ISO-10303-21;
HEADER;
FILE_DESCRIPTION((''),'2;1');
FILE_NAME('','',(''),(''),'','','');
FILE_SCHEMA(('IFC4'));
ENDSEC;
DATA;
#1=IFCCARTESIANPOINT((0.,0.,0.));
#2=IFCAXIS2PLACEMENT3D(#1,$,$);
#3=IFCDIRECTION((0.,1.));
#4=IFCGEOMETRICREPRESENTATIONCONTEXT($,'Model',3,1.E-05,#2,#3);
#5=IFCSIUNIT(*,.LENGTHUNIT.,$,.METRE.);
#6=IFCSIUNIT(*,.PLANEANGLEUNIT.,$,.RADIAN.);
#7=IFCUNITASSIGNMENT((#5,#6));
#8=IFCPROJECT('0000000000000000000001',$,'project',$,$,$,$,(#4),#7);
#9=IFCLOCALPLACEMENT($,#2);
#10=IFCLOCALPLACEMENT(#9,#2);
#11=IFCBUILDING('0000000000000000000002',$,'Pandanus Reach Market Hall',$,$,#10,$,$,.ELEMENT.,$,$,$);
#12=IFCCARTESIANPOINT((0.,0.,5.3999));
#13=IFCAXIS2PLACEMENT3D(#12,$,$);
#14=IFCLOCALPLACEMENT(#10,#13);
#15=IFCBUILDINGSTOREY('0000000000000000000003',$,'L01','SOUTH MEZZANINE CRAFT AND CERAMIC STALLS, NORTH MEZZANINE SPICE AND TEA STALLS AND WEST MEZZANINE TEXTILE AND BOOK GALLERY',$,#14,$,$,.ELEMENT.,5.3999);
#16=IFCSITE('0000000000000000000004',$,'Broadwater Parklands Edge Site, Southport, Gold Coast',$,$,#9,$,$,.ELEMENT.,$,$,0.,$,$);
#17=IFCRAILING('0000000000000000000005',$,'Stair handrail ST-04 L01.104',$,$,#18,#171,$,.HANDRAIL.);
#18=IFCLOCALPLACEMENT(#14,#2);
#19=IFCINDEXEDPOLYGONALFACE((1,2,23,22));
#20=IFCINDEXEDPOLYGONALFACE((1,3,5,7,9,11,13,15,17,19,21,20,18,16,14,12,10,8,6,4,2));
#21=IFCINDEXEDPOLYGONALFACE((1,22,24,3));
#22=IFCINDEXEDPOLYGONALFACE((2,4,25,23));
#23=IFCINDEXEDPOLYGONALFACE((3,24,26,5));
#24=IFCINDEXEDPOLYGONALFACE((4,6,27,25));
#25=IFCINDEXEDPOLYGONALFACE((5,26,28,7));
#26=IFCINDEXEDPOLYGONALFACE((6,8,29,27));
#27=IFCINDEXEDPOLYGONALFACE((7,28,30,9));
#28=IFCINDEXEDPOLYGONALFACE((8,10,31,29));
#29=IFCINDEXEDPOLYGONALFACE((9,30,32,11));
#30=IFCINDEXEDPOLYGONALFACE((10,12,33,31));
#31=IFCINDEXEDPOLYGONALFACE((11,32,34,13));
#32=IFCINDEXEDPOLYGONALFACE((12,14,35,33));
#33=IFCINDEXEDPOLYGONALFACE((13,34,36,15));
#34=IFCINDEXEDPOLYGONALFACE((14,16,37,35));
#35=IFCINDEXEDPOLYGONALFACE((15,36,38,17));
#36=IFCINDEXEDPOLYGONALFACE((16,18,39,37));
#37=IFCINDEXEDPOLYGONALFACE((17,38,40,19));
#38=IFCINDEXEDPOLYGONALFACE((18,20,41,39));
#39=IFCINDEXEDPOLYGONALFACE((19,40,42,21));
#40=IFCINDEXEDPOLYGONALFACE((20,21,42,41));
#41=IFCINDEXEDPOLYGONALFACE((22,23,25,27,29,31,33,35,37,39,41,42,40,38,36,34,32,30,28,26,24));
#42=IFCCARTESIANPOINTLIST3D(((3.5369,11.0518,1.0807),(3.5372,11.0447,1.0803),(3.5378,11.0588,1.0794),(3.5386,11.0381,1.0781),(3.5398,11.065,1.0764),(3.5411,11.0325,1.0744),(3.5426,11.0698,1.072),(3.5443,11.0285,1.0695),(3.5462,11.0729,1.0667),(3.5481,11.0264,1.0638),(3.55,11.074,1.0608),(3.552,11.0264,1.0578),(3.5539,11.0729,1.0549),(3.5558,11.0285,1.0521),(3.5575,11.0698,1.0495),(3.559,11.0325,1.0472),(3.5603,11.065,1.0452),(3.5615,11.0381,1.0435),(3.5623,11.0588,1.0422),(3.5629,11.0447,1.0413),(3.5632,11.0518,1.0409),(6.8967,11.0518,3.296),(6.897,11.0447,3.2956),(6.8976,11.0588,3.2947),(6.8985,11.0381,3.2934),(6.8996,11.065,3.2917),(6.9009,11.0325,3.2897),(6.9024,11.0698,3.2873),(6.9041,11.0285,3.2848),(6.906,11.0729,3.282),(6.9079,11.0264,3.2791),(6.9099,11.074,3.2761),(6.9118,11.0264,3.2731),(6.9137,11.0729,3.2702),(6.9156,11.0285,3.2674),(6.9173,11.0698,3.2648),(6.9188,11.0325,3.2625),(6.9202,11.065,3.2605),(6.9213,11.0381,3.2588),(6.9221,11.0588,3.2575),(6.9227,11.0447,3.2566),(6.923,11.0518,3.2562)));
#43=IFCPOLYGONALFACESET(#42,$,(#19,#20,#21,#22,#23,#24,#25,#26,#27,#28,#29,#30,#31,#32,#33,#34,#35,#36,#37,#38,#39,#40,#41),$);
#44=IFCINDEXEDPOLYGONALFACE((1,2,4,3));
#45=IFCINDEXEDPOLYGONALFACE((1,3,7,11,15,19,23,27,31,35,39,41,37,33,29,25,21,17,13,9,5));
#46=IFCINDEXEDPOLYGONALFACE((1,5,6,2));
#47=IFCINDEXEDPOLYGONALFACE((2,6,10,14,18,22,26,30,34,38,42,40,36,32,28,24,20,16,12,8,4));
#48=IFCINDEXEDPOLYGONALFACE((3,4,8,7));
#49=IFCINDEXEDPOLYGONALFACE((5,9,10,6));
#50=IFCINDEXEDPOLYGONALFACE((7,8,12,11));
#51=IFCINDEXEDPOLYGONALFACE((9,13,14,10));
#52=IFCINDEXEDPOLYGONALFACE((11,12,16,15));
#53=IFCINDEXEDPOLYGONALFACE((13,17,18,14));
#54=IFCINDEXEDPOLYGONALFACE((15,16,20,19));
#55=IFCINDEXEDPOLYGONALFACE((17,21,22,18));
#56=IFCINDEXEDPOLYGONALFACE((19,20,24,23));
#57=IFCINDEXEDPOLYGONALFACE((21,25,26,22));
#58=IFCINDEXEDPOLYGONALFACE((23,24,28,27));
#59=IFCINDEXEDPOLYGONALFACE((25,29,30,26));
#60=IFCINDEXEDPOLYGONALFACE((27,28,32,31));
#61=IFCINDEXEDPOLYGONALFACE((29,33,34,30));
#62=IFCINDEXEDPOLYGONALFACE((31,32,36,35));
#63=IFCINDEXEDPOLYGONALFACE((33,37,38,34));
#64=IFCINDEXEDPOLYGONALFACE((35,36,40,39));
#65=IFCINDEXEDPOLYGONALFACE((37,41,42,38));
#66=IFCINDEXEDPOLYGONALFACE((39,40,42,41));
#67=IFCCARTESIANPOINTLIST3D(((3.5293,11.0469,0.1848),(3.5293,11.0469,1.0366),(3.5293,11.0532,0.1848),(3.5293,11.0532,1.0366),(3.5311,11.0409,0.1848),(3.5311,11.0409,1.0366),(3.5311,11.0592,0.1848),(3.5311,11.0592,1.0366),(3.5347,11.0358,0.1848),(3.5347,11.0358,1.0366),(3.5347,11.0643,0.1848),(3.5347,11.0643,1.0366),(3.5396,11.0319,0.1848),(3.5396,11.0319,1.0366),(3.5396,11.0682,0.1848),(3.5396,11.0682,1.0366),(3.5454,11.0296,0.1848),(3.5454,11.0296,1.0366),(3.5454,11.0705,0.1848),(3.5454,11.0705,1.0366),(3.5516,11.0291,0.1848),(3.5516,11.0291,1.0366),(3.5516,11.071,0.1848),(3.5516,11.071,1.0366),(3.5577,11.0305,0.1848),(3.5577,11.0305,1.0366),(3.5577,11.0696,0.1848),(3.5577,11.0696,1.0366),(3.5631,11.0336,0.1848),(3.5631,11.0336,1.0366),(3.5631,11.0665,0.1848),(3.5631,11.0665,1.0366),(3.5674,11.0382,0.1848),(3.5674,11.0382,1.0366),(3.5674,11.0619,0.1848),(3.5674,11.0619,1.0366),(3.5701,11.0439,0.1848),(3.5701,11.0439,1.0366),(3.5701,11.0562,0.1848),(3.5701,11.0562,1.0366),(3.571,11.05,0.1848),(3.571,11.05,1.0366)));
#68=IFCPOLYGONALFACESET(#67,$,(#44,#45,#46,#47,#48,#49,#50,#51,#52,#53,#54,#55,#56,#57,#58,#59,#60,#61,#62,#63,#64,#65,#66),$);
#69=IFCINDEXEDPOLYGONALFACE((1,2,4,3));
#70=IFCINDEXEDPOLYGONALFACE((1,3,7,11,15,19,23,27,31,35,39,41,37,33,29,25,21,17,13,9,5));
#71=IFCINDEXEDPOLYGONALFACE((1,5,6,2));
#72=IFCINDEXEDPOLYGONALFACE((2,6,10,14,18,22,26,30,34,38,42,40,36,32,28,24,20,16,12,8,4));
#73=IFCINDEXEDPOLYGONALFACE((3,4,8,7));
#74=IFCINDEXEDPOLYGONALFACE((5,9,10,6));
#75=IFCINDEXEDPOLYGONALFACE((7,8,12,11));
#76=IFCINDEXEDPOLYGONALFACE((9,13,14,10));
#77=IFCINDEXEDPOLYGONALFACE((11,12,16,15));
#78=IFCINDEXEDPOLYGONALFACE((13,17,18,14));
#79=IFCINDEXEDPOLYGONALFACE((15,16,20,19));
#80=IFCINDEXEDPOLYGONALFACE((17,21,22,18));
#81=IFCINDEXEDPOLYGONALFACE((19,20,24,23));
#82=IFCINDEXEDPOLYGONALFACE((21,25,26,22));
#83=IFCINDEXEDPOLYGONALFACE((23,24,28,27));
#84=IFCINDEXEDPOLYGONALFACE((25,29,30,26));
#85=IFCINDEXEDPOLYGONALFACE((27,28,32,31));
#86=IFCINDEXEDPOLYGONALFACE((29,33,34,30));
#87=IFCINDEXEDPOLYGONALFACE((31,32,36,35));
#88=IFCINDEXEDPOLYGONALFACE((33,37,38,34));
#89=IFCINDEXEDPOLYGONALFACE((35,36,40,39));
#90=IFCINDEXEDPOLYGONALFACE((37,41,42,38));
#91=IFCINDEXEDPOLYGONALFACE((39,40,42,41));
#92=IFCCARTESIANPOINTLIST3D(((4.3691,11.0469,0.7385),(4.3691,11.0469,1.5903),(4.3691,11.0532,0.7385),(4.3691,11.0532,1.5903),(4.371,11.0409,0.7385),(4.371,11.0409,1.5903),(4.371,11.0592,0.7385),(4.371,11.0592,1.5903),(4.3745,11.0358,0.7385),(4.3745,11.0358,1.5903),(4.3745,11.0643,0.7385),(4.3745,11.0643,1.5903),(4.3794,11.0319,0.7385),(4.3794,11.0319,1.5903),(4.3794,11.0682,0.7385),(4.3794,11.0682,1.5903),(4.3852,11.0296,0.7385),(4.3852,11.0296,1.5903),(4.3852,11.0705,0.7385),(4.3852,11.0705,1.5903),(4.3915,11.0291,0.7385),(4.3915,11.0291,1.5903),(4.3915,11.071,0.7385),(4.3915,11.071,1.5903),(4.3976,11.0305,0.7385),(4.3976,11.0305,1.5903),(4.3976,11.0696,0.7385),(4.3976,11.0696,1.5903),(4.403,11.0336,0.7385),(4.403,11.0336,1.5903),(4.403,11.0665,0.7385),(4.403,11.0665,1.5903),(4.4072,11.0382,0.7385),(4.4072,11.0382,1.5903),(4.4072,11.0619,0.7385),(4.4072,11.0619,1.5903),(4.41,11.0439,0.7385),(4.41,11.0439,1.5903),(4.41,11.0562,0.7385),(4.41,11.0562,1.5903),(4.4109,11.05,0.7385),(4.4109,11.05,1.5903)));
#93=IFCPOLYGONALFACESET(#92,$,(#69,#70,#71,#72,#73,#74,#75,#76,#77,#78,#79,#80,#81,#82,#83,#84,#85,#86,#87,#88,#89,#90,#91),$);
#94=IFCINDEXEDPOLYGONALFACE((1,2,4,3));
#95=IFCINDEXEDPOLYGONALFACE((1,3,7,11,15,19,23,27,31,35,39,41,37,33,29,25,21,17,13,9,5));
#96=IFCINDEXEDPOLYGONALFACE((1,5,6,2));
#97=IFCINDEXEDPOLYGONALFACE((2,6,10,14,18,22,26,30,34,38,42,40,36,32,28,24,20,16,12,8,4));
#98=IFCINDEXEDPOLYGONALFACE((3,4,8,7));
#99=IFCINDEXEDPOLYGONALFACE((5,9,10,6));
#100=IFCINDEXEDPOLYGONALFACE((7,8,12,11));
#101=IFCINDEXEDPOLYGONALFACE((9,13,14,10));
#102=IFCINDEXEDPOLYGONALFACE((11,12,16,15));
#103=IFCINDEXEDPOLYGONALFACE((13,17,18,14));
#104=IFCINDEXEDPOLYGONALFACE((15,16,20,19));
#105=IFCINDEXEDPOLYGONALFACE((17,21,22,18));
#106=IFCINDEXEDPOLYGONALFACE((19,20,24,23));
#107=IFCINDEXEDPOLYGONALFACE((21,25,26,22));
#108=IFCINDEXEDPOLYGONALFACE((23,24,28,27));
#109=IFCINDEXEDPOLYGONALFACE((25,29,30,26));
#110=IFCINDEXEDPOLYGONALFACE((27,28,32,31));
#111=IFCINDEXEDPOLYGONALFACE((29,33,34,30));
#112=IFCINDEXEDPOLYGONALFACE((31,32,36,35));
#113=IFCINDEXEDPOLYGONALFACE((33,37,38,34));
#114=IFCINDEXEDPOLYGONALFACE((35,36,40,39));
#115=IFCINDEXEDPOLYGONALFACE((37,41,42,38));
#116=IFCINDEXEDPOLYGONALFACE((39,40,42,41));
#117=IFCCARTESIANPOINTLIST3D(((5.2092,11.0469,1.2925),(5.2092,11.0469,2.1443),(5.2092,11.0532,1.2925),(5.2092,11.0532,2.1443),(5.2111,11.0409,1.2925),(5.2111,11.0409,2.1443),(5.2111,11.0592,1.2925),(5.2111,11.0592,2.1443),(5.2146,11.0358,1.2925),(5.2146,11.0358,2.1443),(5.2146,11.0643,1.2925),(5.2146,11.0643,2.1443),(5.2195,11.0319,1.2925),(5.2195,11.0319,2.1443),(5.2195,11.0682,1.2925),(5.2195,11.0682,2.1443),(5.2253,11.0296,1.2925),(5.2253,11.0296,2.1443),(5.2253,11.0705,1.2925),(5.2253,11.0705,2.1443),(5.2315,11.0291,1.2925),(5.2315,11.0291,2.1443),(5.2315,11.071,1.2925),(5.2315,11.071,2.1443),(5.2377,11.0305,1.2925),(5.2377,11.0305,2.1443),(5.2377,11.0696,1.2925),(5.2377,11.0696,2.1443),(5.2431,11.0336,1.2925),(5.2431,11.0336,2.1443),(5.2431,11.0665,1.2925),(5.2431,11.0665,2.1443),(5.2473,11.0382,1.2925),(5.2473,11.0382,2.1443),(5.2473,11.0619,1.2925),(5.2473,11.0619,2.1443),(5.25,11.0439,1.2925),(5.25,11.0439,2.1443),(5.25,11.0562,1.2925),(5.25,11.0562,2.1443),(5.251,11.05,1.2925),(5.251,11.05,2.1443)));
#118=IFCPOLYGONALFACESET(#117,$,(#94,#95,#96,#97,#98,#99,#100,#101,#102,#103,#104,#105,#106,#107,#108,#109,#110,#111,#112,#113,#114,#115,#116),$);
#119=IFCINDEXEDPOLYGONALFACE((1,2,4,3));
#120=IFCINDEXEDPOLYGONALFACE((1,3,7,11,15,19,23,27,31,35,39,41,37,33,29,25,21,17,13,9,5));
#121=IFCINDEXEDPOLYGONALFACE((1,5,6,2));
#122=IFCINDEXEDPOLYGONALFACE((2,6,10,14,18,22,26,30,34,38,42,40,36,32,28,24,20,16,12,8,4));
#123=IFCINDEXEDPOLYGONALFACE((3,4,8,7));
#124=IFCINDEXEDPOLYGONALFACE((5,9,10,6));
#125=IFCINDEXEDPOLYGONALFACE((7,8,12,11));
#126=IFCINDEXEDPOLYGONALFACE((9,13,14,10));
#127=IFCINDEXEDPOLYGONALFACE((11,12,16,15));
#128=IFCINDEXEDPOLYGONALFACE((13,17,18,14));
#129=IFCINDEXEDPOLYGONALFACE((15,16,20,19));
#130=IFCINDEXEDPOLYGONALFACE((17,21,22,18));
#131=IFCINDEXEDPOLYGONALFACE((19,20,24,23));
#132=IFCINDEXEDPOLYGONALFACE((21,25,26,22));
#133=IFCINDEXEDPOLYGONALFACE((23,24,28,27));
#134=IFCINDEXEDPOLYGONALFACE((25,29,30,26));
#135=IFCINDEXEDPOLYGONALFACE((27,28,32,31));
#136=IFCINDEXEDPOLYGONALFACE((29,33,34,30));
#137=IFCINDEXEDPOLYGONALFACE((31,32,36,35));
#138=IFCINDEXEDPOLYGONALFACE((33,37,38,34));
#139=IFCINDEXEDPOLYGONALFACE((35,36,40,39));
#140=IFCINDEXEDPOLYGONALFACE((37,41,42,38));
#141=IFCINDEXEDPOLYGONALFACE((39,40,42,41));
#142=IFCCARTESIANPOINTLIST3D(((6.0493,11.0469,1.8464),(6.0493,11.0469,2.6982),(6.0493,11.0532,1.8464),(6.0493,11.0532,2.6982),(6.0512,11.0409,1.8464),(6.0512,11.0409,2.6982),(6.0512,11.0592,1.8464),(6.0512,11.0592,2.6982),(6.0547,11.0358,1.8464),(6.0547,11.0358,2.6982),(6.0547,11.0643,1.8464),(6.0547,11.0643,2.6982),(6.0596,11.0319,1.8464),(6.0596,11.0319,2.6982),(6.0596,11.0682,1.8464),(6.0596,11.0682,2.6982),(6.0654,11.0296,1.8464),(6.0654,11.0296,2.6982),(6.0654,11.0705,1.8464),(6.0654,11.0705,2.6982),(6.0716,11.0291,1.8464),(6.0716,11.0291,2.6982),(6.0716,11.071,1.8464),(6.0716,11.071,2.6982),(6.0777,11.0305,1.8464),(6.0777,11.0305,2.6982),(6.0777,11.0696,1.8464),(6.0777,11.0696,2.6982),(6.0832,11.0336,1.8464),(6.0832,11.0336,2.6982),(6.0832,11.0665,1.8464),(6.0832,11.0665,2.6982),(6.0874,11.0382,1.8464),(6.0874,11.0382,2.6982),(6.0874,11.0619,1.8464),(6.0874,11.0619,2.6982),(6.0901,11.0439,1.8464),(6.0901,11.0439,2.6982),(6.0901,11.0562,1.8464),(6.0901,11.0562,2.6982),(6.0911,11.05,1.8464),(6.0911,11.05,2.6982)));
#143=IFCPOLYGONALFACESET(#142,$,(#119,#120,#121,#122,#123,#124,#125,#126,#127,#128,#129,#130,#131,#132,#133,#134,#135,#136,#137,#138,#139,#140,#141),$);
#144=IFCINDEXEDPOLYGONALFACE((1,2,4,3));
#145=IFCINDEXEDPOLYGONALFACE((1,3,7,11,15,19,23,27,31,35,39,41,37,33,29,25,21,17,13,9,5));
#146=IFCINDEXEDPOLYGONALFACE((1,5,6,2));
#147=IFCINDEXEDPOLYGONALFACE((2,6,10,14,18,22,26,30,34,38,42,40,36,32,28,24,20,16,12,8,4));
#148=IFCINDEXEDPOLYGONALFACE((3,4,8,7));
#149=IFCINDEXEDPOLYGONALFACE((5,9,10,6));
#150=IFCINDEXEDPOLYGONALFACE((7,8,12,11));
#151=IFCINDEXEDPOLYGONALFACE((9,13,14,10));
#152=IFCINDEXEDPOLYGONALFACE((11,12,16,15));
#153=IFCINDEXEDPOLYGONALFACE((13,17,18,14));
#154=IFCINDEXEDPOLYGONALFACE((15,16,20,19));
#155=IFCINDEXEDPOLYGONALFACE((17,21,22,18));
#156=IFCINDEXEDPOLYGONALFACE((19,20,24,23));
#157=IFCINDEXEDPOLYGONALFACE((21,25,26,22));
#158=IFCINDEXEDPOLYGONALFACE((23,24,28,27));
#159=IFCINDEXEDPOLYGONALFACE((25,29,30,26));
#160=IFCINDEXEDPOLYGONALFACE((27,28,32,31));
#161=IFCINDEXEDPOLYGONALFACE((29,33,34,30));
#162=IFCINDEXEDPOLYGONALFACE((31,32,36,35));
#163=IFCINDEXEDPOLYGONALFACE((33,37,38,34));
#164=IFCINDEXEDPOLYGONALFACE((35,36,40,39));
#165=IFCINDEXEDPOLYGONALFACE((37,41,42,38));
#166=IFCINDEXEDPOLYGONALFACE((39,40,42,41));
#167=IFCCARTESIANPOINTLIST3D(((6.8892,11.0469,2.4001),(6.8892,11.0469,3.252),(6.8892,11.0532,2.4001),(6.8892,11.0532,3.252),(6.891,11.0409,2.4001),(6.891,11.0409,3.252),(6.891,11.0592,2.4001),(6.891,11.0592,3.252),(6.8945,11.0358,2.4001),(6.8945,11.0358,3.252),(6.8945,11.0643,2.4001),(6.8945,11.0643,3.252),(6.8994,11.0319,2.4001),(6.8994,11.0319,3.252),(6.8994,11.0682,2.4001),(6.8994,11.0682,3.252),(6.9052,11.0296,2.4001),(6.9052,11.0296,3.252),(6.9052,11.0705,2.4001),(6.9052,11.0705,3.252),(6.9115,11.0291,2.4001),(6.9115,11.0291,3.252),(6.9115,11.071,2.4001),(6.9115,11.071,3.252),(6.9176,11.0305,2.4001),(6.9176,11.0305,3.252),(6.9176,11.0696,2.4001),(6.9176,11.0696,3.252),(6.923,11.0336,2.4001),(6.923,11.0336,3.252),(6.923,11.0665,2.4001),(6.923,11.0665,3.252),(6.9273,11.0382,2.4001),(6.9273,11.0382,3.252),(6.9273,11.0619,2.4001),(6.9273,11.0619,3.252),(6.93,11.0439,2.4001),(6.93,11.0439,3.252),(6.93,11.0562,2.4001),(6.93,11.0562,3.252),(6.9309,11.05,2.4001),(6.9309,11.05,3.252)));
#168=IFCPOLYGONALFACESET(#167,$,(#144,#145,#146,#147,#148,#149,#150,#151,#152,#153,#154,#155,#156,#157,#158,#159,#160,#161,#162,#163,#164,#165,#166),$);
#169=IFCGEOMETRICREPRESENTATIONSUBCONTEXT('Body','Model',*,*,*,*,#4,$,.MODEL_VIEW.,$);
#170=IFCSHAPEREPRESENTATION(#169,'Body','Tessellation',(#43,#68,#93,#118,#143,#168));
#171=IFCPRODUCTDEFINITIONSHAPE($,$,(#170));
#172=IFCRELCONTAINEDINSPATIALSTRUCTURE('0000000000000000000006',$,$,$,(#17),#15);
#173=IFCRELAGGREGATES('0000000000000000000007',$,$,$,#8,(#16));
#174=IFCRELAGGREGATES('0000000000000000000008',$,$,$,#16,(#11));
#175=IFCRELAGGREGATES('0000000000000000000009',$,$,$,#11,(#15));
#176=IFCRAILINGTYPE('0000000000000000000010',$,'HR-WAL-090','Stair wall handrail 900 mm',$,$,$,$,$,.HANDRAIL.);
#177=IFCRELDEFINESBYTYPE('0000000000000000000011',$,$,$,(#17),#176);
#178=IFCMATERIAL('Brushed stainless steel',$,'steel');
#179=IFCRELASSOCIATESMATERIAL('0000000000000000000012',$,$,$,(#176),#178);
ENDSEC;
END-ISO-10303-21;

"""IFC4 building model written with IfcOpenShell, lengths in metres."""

from ifc_helpers import new_model, si_unit, direction, frame, origin, origin_2d, place, context, subcontext, project, spatial, circle, extrude, material, type_object, element, save


model = new_model("IFC4")

# Units and contexts
model_context = context("Model", 3, precision=1e-05, world=origin(), true_north=direction((0.0, 1.0)))
body_context = subcontext(model_context, "Body", "Model", "MODEL_VIEW")
ifc_project = project(units=[si_unit("LENGTHUNIT", "METRE"), si_unit("PLANEANGLEUNIT", "RADIAN")], contexts=[model_context])

# Site, building, storey
site_placement = place(None, origin())
site = spatial("IfcSite", under=ifc_project, at=site_placement, Name="Broadwater Parklands Edge Site, Southport, Gold Coast", CompositionType="ELEMENT", RefElevation=0.0)
building_placement = place(site_placement, origin())
building = spatial("IfcBuilding", under=site, at=building_placement, Name="Pandanus Reach Market Hall", CompositionType="ELEMENT")
storey_placement = place(building_placement, frame((0.0, 0.0, 5.3999)))
storey = spatial("IfcBuildingStorey", under=building, at=storey_placement, Name="L01", Description="SOUTH MEZZANINE CRAFT AND CERAMIC STALLS, NORTH MEZZANINE SPICE AND TEA STALLS AND WEST MEZZANINE TEXTILE AND BOOK GALLERY", CompositionType="ELEMENT", Elevation=5.3999)

# Railing
ifc_material_1 = material(Name="Brushed stainless steel", Category="steel")
railing_type_1 = type_object("IfcRailingType", Name="HR-WAL-090", Description="Stair wall handrail 900 mm", PredefinedType="HANDRAIL", material=ifc_material_1)
railing_1_placement = place(storey_placement, frame((3.55, 11.05, 0.1848)))
element("IfcRailing", 1, at=railing_1_placement, inside=storey, type_object=railing_type_1, Name="Stair handrail ST-04 L01.104", PredefinedType="HANDRAIL", context=body_context, shape_type="SweptSolid", body=[
    extrude(circle(Radius=0.0239, at=origin_2d()), frame((0.0, 0.0, 0.876), z_axis=(0.834858, 0.0, 0.550465), x_axis=(0.0, 1.0, 0.0)), (0.0, 0.0, 1.0), 4.0244),
    extrude(circle(Radius=0.021, at=origin_2d()), origin(), (0.0, 0.0, 1.0), 0.8518),
    extrude(circle(Radius=0.021, at=origin_2d()), frame((0.8398, 0.0, 0.5537)), (0.0, 0.0, 1.0), 0.8518),
    extrude(circle(Radius=0.021, at=origin_2d()), frame((1.6799, 0.0, 1.1077)), (0.0, 0.0, 1.0), 0.8518),
    extrude(circle(Radius=0.021, at=origin_2d()), frame((2.52, 0.0, 1.6616)), (0.0, 0.0, 1.0), 0.8518),
    extrude(circle(Radius=0.021, at=origin_2d()), frame((3.3599, 0.0, 2.2153)), (0.0, 0.0, 1.0), 0.8518),
])

save(model, "model.ifc")
